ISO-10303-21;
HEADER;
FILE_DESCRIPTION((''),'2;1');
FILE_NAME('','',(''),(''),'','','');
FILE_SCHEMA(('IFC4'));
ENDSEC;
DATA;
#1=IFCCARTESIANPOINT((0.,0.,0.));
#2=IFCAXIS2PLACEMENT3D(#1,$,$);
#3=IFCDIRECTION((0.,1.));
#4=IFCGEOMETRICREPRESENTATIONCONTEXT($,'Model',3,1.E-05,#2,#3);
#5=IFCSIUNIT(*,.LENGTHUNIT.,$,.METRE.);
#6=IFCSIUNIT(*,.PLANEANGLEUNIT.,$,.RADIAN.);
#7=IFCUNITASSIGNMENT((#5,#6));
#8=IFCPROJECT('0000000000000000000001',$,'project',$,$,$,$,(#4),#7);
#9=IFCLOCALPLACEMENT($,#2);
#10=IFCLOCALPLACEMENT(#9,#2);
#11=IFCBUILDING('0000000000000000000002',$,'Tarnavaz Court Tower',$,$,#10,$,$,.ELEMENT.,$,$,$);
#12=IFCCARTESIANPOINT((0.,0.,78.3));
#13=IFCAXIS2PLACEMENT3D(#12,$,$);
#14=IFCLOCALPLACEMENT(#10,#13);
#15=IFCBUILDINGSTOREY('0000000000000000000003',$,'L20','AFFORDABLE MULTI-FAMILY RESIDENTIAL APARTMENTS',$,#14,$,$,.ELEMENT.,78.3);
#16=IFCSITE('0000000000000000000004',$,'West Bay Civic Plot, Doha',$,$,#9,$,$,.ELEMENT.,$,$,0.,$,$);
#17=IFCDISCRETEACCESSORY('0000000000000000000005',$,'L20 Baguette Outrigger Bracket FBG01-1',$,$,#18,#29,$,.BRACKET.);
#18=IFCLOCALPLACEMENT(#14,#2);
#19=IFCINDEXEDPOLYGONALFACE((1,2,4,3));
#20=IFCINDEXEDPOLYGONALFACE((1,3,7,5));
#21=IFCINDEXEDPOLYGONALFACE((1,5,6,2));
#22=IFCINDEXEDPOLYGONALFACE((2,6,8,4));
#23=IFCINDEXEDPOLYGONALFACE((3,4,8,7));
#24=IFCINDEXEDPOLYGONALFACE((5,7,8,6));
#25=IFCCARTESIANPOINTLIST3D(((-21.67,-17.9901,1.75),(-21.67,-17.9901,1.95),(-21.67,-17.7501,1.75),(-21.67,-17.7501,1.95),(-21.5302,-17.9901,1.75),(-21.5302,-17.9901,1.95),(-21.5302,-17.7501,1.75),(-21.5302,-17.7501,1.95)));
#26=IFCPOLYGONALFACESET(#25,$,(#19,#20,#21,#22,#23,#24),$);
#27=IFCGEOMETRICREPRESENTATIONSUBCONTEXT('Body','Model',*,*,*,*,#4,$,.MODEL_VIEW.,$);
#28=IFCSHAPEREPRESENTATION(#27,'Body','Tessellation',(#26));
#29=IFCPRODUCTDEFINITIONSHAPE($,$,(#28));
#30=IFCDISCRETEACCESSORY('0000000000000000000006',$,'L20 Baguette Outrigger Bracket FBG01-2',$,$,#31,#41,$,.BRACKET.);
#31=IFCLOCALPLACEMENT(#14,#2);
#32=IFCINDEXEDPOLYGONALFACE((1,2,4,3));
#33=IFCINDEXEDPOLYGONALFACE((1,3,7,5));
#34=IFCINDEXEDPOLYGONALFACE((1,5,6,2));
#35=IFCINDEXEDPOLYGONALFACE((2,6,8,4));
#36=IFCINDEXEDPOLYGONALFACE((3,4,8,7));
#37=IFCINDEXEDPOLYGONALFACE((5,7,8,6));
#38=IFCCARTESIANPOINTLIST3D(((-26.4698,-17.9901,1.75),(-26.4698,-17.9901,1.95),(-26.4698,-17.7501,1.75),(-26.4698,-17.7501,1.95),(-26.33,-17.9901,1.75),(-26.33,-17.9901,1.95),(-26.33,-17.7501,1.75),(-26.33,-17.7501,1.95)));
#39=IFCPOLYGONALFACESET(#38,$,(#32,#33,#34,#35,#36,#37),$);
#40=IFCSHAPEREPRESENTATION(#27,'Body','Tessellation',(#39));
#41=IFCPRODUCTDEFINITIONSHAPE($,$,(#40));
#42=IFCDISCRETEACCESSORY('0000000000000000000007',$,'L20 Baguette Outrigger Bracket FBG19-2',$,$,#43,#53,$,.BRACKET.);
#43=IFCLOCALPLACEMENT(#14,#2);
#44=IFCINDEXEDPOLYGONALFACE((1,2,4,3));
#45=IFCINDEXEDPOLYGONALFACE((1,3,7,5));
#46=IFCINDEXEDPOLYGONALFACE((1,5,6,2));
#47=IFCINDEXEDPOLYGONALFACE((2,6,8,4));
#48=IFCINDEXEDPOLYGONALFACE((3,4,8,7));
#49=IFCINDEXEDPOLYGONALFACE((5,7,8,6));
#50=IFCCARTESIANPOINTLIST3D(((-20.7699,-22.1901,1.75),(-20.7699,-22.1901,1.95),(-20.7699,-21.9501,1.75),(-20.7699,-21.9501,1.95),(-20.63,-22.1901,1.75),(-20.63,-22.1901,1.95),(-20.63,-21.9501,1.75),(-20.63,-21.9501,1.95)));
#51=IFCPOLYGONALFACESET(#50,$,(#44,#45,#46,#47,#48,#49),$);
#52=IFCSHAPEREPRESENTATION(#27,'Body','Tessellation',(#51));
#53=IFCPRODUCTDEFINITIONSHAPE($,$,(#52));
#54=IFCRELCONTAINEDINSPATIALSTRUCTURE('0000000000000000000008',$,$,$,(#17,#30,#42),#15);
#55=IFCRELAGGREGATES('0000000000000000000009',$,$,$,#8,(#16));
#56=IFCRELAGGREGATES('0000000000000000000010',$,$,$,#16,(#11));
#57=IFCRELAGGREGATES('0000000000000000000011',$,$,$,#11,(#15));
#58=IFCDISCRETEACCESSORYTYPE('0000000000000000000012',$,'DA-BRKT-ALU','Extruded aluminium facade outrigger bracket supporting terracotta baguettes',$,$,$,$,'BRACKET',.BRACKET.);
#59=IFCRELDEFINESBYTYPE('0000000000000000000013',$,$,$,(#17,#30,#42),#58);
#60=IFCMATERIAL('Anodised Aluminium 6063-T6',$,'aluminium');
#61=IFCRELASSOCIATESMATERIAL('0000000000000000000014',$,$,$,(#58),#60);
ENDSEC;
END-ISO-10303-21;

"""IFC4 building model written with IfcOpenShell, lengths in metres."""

from ifc_helpers import new_model, si_unit, direction, frame, origin, origin_2d, place, context, subcontext, project, spatial, rectangle, extrude, material, type_object, element, save


model = new_model("IFC4")

# Units and contexts
model_context = context("Model", 3, precision=1e-05, world=origin(), true_north=direction((0.0, 1.0)))
body_context = subcontext(model_context, "Body", "Model", "MODEL_VIEW")
ifc_project = project(units=[si_unit("LENGTHUNIT", "METRE"), si_unit("PLANEANGLEUNIT", "RADIAN")], contexts=[model_context])

# Site, building, storey
site_placement = place(None, origin())
site = spatial("IfcSite", under=ifc_project, at=site_placement, Name="West Bay Civic Plot, Doha", CompositionType="ELEMENT", RefElevation=0.0)
building_placement = place(site_placement, origin())
building = spatial("IfcBuilding", under=site, at=building_placement, Name="Tarnavaz Court Tower", CompositionType="ELEMENT")
storey_placement = place(building_placement, frame((0.0, 0.0, 78.3)))
storey = spatial("IfcBuildingStorey", under=building, at=storey_placement, Name="L20", Description="AFFORDABLE MULTI-FAMILY RESIDENTIAL APARTMENTS", CompositionType="ELEMENT", Elevation=78.3)

# Discrete accessories
ifc_material_1 = material(Name="Anodised Aluminium 6063-T6", Category="aluminium")
discrete_accessory_type = type_object("IfcDiscreteAccessoryType", Name="DA-BRKT-ALU", Description="Extruded aluminium facade outrigger bracket supporting terracotta baguettes", ElementType="BRACKET", PredefinedType="BRACKET", material=ifc_material_1)
for number, where, z_axis, x_axis, name in (
    (1, (-21.6001, -17.8701, 1.75), (0.0, 0.0, 1.0), (-1.0, 0.0, 0.0), "L20 Baguette Outrigger Bracket FBG01-1"),
    (2, (-26.3999, -17.8701, 1.75), (0.0, 0.0, 1.0), (-1.0, 0.0, 0.0), "L20 Baguette Outrigger Bracket FBG01-2"),
    (3, (-20.7, -22.0701, 1.75), (0.0, 0.0, 1.0), (-1.0, 0.0, 0.0), "L20 Baguette Outrigger Bracket FBG19-2"),
):
    element("IfcDiscreteAccessory", number, at=place(storey_placement, frame(where, z_axis=z_axis, x_axis=x_axis)), inside=storey, type_object=discrete_accessory_type, Name=name, PredefinedType="BRACKET", context=body_context, shape_type="SweptSolid", body=[
        extrude(rectangle(XDim=0.1399, YDim=0.24, at=origin_2d()), origin(), (0.0, 0.0, 1.0), 0.2),
    ])

save(model, "model.ifc")
